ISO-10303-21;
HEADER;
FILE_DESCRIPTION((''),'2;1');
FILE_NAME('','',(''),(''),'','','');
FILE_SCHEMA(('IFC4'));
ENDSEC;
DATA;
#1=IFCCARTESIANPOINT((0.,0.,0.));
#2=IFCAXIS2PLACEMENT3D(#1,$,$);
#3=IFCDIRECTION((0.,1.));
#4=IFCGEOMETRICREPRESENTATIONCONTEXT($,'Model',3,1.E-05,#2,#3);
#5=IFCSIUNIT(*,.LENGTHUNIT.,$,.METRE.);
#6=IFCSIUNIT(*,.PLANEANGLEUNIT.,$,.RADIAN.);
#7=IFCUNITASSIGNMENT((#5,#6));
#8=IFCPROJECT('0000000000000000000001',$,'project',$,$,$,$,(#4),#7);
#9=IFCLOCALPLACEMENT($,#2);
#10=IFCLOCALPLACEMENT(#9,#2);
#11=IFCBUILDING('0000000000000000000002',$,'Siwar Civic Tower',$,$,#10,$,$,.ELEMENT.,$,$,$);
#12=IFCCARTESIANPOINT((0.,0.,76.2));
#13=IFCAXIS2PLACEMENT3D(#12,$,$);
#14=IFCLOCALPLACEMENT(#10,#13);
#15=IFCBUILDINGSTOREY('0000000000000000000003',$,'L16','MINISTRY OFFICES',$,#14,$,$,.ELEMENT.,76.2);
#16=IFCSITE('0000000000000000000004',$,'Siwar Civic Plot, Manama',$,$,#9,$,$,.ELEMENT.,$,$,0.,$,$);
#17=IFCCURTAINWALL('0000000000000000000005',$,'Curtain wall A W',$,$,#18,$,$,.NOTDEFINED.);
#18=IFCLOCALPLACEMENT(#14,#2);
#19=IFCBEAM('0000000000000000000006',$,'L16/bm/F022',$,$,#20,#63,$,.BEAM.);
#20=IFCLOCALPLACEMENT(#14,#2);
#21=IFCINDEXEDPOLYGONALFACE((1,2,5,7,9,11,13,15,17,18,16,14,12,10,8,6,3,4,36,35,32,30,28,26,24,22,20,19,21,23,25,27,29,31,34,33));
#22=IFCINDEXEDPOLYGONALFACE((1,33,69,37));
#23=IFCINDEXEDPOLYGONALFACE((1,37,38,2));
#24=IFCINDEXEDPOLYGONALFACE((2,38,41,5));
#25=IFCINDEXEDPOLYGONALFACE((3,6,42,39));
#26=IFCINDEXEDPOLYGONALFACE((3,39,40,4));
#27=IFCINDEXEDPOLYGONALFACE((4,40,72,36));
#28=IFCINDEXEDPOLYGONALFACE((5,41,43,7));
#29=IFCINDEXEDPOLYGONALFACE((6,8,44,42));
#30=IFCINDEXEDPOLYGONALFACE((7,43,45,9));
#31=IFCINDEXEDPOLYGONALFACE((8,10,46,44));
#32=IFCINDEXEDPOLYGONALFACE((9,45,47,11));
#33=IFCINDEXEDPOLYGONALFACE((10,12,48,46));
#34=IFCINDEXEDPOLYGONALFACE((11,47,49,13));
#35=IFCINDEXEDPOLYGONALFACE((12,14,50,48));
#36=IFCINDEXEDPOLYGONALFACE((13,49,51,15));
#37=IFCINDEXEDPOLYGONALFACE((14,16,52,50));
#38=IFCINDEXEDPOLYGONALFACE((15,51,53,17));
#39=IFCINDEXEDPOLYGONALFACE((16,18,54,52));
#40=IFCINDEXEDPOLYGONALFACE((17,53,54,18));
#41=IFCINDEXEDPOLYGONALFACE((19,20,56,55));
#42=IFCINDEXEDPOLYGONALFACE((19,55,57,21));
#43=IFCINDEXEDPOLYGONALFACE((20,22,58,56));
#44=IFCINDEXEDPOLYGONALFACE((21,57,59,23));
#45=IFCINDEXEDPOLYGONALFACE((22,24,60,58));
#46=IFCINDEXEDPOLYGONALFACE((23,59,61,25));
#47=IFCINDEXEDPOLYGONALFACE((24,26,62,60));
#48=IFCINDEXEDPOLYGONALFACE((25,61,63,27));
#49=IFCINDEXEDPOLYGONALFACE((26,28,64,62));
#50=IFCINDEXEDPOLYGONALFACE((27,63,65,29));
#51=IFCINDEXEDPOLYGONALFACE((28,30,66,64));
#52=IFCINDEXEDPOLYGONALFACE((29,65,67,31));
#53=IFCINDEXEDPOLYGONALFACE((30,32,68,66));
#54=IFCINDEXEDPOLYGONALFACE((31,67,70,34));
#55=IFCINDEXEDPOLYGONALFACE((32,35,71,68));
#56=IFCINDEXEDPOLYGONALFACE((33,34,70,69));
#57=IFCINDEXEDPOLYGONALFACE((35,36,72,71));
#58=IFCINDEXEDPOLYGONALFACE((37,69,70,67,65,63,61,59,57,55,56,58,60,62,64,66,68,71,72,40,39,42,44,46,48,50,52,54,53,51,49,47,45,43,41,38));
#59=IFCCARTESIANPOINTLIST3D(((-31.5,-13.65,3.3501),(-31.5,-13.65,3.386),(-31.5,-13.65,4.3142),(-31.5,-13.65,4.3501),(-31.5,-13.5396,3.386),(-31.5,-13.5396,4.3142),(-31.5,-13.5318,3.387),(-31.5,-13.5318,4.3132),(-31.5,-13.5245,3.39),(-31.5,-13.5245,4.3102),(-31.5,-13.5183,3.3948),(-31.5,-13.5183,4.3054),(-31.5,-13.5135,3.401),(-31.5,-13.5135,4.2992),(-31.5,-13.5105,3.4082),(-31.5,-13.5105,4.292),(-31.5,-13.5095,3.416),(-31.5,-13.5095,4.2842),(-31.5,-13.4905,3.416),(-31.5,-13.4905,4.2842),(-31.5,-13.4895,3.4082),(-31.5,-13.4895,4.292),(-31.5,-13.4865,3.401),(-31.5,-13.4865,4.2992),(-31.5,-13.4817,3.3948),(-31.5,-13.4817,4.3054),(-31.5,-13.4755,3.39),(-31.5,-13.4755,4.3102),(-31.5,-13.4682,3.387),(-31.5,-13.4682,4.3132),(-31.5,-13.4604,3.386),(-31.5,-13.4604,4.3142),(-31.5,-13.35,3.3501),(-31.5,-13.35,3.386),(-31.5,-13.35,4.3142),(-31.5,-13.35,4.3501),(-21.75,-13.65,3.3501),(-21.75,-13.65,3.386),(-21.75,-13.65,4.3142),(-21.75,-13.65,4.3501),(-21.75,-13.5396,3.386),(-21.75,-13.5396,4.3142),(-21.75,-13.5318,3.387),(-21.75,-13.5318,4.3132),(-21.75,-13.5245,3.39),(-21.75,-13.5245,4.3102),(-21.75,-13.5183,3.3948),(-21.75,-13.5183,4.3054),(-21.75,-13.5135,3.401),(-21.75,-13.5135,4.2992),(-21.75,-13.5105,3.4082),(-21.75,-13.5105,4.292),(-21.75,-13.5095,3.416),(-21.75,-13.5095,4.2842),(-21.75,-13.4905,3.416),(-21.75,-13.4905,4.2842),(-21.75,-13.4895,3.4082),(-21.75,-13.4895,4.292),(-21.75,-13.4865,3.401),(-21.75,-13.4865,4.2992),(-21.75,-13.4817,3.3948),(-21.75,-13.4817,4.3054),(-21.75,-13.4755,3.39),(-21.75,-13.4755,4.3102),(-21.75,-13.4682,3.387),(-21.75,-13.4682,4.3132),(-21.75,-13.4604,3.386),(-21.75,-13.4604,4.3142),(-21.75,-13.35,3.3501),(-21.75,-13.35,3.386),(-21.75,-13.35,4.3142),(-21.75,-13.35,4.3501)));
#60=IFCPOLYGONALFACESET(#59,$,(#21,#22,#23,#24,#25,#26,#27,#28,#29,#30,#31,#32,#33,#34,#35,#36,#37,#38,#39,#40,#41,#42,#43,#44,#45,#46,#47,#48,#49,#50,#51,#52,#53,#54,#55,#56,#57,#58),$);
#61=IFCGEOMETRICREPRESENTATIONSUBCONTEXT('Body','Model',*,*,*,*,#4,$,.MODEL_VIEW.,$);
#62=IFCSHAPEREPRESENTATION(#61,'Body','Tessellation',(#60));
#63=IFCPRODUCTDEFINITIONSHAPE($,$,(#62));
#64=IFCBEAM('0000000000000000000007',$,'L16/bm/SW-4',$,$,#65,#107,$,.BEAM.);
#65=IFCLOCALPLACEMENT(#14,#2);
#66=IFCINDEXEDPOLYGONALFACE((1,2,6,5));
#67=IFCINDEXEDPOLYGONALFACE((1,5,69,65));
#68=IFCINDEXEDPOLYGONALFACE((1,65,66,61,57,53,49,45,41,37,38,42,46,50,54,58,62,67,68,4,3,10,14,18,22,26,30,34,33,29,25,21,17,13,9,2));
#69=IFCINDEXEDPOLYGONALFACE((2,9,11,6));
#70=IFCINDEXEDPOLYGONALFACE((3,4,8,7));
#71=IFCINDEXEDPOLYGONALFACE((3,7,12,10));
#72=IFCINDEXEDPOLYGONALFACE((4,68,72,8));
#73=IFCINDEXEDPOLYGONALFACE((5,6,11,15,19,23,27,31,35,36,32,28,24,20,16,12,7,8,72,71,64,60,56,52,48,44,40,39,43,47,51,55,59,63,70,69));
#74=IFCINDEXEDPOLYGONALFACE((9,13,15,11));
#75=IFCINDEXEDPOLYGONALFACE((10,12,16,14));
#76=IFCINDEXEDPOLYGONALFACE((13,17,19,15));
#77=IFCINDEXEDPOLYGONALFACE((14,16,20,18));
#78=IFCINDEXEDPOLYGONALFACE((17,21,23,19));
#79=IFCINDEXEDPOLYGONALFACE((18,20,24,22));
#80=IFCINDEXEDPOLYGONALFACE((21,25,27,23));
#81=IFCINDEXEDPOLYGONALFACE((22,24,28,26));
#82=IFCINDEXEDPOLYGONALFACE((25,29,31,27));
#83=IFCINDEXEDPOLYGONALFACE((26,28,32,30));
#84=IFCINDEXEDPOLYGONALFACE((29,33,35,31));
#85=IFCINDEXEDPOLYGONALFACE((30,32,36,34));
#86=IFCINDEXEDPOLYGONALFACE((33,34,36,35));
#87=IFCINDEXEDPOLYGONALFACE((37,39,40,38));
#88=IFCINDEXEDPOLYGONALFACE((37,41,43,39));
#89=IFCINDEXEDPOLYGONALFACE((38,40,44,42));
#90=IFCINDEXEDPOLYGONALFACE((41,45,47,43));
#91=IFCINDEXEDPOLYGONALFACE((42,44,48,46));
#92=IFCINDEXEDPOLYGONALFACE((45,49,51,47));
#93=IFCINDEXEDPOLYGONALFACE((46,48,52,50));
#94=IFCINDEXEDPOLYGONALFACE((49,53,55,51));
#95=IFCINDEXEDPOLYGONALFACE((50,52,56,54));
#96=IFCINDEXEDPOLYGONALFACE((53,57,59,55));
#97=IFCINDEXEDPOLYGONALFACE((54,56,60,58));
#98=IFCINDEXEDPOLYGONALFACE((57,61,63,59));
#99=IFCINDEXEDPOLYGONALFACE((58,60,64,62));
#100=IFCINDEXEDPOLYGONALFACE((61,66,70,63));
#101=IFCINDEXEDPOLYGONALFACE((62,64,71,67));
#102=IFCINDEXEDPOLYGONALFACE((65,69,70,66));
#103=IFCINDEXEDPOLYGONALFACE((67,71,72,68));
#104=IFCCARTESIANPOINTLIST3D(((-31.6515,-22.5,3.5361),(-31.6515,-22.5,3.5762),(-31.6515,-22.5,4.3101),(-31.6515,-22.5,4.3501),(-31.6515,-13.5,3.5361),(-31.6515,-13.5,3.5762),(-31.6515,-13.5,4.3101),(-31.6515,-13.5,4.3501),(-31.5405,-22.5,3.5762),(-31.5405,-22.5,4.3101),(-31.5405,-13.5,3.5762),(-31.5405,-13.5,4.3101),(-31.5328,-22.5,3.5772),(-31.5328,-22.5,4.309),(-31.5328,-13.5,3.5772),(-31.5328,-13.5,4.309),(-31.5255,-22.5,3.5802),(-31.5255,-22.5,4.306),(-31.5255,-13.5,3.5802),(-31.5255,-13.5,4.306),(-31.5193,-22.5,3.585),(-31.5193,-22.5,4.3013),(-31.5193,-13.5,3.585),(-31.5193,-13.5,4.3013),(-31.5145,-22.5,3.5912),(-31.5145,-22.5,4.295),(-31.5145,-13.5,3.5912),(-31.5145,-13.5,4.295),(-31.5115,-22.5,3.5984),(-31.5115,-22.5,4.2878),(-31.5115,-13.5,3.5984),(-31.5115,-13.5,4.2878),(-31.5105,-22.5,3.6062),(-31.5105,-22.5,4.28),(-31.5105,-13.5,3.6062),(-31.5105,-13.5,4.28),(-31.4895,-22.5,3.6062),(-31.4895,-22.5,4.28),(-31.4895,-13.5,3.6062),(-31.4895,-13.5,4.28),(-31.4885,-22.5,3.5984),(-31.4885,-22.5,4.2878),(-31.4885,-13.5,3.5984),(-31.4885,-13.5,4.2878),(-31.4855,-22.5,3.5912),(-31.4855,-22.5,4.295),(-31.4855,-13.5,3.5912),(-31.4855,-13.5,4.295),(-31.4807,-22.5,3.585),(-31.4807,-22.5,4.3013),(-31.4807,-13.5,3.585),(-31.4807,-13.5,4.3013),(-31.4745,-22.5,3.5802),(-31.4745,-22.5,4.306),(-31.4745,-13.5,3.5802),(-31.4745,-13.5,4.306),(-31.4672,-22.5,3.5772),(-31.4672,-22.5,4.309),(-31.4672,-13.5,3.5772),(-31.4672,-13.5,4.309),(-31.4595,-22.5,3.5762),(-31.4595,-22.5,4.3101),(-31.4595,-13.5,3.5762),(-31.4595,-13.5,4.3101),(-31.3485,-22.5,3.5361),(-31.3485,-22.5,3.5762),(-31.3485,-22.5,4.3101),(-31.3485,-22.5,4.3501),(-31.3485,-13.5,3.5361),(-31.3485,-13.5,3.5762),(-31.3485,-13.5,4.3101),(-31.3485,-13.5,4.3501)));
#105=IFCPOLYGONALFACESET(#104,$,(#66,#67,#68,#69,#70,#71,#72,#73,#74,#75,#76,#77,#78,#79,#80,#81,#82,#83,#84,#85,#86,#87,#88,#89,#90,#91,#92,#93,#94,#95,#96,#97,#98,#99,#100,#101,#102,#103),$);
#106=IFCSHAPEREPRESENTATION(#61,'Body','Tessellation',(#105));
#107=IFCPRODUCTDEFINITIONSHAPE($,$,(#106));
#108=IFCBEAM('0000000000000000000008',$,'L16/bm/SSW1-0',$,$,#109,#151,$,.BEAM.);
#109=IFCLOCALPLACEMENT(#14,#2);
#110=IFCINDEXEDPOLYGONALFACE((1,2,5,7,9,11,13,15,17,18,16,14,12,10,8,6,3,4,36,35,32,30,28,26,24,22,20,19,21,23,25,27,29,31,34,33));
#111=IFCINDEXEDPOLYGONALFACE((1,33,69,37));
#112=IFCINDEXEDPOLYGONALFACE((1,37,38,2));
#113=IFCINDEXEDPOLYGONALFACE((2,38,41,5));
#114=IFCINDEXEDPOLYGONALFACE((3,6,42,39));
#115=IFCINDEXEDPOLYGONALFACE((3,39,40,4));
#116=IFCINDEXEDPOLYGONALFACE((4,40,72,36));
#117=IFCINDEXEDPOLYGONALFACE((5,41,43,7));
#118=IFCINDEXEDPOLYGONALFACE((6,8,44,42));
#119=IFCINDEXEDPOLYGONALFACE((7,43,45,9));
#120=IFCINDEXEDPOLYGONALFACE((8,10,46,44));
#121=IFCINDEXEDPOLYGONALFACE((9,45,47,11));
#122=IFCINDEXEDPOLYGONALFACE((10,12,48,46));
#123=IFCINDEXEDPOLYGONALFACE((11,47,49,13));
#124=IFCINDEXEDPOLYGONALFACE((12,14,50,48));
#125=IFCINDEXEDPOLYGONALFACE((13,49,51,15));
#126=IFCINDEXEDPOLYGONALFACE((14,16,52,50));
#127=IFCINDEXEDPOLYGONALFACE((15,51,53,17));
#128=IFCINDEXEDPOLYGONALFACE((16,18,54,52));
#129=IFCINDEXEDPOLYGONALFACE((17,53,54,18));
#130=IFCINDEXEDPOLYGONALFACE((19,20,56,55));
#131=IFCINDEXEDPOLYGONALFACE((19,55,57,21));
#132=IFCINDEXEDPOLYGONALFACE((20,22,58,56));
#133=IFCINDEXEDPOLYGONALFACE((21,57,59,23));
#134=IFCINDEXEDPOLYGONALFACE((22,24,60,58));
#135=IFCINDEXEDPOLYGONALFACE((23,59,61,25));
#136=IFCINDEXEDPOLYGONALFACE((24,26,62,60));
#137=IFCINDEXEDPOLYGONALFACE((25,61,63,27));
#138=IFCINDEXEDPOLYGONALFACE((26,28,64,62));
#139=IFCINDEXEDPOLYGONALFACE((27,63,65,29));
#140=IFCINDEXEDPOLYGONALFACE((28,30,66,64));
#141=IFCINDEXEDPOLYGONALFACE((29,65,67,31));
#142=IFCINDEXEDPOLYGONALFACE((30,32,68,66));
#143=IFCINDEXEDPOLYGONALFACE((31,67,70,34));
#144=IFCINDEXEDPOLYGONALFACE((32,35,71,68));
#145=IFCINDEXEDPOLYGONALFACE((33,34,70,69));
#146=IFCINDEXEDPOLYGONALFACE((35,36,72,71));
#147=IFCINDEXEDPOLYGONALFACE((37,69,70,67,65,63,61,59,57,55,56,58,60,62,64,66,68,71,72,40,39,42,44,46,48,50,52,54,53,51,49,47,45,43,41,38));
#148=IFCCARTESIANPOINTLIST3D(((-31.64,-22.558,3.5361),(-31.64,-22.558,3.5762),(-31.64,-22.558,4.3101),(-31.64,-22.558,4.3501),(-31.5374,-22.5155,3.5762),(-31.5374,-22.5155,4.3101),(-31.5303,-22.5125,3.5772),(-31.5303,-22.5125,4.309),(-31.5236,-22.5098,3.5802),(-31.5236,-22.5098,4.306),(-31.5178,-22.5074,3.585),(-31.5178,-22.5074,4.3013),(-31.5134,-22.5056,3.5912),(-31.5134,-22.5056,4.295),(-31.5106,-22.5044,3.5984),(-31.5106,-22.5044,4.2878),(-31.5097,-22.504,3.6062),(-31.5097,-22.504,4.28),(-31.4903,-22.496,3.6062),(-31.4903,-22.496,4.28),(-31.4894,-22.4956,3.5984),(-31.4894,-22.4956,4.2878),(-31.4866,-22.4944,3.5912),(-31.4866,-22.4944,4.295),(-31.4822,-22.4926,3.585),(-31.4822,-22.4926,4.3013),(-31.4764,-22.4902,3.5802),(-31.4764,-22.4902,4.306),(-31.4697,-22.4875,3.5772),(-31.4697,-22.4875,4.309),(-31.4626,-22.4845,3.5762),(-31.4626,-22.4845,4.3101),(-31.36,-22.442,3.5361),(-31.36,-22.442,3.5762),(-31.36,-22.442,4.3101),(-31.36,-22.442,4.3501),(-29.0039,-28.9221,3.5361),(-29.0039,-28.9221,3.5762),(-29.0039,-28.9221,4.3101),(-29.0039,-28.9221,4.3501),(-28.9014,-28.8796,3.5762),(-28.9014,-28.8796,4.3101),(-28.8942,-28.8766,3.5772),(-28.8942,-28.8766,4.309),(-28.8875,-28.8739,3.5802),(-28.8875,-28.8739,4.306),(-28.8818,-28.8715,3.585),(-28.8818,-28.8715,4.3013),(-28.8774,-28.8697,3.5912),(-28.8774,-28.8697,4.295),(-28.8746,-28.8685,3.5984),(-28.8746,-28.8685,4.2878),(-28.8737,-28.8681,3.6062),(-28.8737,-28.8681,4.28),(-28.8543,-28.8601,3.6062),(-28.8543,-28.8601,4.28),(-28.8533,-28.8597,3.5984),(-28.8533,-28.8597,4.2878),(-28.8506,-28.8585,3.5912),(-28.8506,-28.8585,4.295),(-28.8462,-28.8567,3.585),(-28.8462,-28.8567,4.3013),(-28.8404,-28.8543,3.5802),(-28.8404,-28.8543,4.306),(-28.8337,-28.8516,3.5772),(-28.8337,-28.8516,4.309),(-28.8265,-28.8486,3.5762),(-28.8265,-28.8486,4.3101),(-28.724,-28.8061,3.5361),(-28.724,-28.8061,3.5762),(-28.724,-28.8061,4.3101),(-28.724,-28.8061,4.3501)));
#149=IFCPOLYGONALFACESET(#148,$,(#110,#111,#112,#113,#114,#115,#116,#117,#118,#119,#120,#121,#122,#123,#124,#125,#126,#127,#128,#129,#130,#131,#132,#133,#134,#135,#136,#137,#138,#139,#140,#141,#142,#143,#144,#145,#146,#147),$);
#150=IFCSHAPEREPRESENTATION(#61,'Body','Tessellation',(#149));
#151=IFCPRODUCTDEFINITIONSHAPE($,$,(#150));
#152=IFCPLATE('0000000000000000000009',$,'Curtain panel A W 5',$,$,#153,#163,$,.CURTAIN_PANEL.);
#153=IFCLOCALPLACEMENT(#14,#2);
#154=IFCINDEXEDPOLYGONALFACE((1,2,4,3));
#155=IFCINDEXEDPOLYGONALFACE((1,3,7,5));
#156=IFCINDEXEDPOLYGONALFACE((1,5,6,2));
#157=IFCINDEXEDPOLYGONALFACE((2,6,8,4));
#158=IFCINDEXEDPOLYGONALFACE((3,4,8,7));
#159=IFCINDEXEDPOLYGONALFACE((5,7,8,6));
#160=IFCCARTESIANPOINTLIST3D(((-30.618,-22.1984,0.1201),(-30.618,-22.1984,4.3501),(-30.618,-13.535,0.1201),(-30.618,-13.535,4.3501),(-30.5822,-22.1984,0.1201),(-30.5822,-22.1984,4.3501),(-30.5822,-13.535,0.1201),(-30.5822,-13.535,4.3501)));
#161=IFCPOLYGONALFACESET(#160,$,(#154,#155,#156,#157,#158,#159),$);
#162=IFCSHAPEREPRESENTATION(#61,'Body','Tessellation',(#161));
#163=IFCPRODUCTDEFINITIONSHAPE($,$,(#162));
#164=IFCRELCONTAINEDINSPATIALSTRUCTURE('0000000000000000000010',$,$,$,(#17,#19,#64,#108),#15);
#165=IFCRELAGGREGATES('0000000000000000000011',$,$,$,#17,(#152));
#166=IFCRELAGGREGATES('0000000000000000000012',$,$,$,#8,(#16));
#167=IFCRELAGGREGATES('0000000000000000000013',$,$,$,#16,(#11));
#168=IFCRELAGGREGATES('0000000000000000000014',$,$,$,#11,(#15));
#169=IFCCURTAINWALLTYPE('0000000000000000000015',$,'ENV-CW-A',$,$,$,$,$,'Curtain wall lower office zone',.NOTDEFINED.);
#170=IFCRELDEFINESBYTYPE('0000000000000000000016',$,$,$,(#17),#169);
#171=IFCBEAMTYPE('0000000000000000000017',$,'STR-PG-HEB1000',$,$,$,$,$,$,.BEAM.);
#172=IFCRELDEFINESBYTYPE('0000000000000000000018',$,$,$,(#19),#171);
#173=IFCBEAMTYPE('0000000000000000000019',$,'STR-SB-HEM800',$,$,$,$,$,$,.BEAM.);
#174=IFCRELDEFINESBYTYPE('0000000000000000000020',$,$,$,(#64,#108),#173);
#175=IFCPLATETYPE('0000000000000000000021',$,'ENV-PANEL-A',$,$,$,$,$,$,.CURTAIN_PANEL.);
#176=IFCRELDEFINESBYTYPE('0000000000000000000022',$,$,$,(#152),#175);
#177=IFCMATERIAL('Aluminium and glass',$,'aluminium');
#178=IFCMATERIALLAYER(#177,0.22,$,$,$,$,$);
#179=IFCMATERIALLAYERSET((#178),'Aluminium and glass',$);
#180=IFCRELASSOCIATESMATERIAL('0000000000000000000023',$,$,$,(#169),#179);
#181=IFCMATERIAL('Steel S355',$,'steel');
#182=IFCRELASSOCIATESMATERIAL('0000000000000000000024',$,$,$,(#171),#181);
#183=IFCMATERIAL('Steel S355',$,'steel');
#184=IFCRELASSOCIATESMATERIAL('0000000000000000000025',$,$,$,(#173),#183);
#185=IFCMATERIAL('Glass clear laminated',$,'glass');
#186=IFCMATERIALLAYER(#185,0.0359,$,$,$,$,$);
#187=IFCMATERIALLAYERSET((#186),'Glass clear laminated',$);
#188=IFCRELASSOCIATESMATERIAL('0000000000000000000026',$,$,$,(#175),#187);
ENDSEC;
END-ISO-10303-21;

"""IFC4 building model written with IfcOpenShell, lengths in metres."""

from ifc_helpers import new_model, si_unit, direction, frame, origin, origin_2d, place, context, subcontext, project, spatial, rectangle, i_section, extrude, material, layer, layer_set, material_profile, profile_set, type_object, element, aggregate, save


model = new_model("IFC4")

# Units and contexts
model_context = context("Model", 3, precision=1e-05, world=origin(), true_north=direction((0.0, 1.0)))
body_context = subcontext(model_context, "Body", "Model", "MODEL_VIEW")
ifc_project = project(units=[si_unit("LENGTHUNIT", "METRE"), si_unit("PLANEANGLEUNIT", "RADIAN")], contexts=[model_context])

# Site, building, storey
site_placement = place(None, origin())
site = spatial("IfcSite", under=ifc_project, at=site_placement, Name="Siwar Civic Plot, Manama", CompositionType="ELEMENT", RefElevation=0.0)
building_placement = place(site_placement, origin())
building = spatial("IfcBuilding", under=site, at=building_placement, Name="Siwar Civic Tower", CompositionType="ELEMENT")
storey_placement = place(building_placement, frame((0.0, 0.0, 76.2)))
storey = spatial("IfcBuildingStorey", under=building, at=storey_placement, Name="L16", Description="MINISTRY OFFICES", CompositionType="ELEMENT", Elevation=76.2)

# Curtain wall
ifc_material_1 = material(Name="Aluminium and glass", Category="aluminium")
ifc_layer_1 = layer(ifc_material_1, 0.22)
ifc_layer_set_1 = layer_set([ifc_layer_1], Name="Aluminium and glass")
curtain_wall_type_1 = type_object("IfcCurtainWallType", Name="ENV-CW-A", ElementType="Curtain wall lower office zone", PredefinedType="NOTDEFINED", material=ifc_layer_set_1)
curtain_wall_1_placement = place(storey_placement, origin())
curtain_wall_1 = element("IfcCurtainWall", 1, at=curtain_wall_1_placement, inside=storey, type_object=curtain_wall_type_1, Name="Curtain wall A W", PredefinedType="NOTDEFINED")

# Beams
ifc_material_2 = material(Name="Steel S355", Category="steel")
ifc_material_profile_1 = material_profile(ifc_material_2, i_section(OverallWidth=0.3, OverallDepth=1.0, WebThickness=0.019, FlangeThickness=0.0359, FilletRadius=0.03, at=origin_2d()), Name="HEB1000")
ifc_profile_set_1 = profile_set([ifc_material_profile_1], Name="Steel S355")
beam_type_1 = type_object("IfcBeamType", Name="STR-PG-HEB1000", PredefinedType="BEAM", material=ifc_profile_set_1)
beam_1_placement = place(storey_placement, frame((-31.5, -13.5, 3.8501), z_axis=(1.0, 0.0, 0.0), x_axis=(0.0, 1.0, 0.0)))
element("IfcBeam", 2, at=beam_1_placement, inside=storey, type_object=beam_type_1, Name="L16/bm/F022", PredefinedType="BEAM", context=body_context, shape_type="SweptSolid", body=[
    extrude(i_section(OverallWidth=0.3, OverallDepth=1.0, WebThickness=0.019, FlangeThickness=0.0359, FilletRadius=0.03, at=origin_2d()), origin(), (0.0, 0.0, 1.0), 9.75),
])
ifc_material_3 = material(Name="Steel S355", Category="steel")
ifc_material_profile_2 = material_profile(ifc_material_3, i_section(OverallWidth=0.303, OverallDepth=0.814, WebThickness=0.021, FlangeThickness=0.04, FilletRadius=0.03, at=origin_2d()), Name="HEM800")
ifc_profile_set_2 = profile_set([ifc_material_profile_2], Name="Steel S355")
beam_type_2 = type_object("IfcBeamType", Name="STR-SB-HEM800", PredefinedType="BEAM", material=ifc_profile_set_2)
beam_2_placement = place(storey_placement, frame((-31.5, -13.5, 3.9431), z_axis=(0.0, -1.0, 0.0), x_axis=(1.0, 0.0, 0.0)))
element("IfcBeam", 3, at=beam_2_placement, inside=storey, type_object=beam_type_2, Name="L16/bm/SW-4", PredefinedType="BEAM", context=body_context, shape_type="SweptSolid", body=[
    extrude(i_section(OverallWidth=0.303, OverallDepth=0.814, WebThickness=0.021, FlangeThickness=0.04, FilletRadius=0.03, at=origin_2d()), origin(), (0.0, 0.0, 1.0), 9.0),
])
beam_3_placement = place(storey_placement, frame((-31.5, -22.5, 3.9431), z_axis=(0.382674, -0.923883, 0.0), x_axis=(0.923883, 0.382674, 0.0)))
element("IfcBeam", 4, at=beam_3_placement, inside=storey, type_object=beam_type_2, Name="L16/bm/SSW1-0", PredefinedType="BEAM", context=body_context, shape_type="SweptSolid", body=[
    extrude(i_section(OverallWidth=0.303, OverallDepth=0.814, WebThickness=0.021, FlangeThickness=0.04, FilletRadius=0.03, at=origin_2d()), origin(), (0.0, 0.0, 1.0), 6.8884),
])

# Plate
ifc_material_4 = material(Name="Glass clear laminated", Category="glass")
ifc_layer_2 = layer(ifc_material_4, 0.0359)
ifc_layer_set_2 = layer_set([ifc_layer_2], Name="Glass clear laminated")
plate_type = type_object("IfcPlateType", Name="ENV-PANEL-A", PredefinedType="CURTAIN_PANEL", material=ifc_layer_set_2)
plate_placement = place(storey_placement, frame((-30.6001, -17.8667, 0.1201), z_axis=(0.0, 0.0, 1.0), x_axis=(0.0, -1.0, 0.0)))
plate = element("IfcPlate", 5, at=plate_placement, type_object=plate_type, Name="Curtain panel A W 5", PredefinedType="CURTAIN_PANEL", context=body_context, shape_type="SweptSolid", body=[
    extrude(rectangle(XDim=8.6633, YDim=0.0359, at=origin_2d()), origin(), (0.0, 0.0, 1.0), 4.23),
])
aggregate(curtain_wall_1, [plate])

save(model, "model.ifc")
